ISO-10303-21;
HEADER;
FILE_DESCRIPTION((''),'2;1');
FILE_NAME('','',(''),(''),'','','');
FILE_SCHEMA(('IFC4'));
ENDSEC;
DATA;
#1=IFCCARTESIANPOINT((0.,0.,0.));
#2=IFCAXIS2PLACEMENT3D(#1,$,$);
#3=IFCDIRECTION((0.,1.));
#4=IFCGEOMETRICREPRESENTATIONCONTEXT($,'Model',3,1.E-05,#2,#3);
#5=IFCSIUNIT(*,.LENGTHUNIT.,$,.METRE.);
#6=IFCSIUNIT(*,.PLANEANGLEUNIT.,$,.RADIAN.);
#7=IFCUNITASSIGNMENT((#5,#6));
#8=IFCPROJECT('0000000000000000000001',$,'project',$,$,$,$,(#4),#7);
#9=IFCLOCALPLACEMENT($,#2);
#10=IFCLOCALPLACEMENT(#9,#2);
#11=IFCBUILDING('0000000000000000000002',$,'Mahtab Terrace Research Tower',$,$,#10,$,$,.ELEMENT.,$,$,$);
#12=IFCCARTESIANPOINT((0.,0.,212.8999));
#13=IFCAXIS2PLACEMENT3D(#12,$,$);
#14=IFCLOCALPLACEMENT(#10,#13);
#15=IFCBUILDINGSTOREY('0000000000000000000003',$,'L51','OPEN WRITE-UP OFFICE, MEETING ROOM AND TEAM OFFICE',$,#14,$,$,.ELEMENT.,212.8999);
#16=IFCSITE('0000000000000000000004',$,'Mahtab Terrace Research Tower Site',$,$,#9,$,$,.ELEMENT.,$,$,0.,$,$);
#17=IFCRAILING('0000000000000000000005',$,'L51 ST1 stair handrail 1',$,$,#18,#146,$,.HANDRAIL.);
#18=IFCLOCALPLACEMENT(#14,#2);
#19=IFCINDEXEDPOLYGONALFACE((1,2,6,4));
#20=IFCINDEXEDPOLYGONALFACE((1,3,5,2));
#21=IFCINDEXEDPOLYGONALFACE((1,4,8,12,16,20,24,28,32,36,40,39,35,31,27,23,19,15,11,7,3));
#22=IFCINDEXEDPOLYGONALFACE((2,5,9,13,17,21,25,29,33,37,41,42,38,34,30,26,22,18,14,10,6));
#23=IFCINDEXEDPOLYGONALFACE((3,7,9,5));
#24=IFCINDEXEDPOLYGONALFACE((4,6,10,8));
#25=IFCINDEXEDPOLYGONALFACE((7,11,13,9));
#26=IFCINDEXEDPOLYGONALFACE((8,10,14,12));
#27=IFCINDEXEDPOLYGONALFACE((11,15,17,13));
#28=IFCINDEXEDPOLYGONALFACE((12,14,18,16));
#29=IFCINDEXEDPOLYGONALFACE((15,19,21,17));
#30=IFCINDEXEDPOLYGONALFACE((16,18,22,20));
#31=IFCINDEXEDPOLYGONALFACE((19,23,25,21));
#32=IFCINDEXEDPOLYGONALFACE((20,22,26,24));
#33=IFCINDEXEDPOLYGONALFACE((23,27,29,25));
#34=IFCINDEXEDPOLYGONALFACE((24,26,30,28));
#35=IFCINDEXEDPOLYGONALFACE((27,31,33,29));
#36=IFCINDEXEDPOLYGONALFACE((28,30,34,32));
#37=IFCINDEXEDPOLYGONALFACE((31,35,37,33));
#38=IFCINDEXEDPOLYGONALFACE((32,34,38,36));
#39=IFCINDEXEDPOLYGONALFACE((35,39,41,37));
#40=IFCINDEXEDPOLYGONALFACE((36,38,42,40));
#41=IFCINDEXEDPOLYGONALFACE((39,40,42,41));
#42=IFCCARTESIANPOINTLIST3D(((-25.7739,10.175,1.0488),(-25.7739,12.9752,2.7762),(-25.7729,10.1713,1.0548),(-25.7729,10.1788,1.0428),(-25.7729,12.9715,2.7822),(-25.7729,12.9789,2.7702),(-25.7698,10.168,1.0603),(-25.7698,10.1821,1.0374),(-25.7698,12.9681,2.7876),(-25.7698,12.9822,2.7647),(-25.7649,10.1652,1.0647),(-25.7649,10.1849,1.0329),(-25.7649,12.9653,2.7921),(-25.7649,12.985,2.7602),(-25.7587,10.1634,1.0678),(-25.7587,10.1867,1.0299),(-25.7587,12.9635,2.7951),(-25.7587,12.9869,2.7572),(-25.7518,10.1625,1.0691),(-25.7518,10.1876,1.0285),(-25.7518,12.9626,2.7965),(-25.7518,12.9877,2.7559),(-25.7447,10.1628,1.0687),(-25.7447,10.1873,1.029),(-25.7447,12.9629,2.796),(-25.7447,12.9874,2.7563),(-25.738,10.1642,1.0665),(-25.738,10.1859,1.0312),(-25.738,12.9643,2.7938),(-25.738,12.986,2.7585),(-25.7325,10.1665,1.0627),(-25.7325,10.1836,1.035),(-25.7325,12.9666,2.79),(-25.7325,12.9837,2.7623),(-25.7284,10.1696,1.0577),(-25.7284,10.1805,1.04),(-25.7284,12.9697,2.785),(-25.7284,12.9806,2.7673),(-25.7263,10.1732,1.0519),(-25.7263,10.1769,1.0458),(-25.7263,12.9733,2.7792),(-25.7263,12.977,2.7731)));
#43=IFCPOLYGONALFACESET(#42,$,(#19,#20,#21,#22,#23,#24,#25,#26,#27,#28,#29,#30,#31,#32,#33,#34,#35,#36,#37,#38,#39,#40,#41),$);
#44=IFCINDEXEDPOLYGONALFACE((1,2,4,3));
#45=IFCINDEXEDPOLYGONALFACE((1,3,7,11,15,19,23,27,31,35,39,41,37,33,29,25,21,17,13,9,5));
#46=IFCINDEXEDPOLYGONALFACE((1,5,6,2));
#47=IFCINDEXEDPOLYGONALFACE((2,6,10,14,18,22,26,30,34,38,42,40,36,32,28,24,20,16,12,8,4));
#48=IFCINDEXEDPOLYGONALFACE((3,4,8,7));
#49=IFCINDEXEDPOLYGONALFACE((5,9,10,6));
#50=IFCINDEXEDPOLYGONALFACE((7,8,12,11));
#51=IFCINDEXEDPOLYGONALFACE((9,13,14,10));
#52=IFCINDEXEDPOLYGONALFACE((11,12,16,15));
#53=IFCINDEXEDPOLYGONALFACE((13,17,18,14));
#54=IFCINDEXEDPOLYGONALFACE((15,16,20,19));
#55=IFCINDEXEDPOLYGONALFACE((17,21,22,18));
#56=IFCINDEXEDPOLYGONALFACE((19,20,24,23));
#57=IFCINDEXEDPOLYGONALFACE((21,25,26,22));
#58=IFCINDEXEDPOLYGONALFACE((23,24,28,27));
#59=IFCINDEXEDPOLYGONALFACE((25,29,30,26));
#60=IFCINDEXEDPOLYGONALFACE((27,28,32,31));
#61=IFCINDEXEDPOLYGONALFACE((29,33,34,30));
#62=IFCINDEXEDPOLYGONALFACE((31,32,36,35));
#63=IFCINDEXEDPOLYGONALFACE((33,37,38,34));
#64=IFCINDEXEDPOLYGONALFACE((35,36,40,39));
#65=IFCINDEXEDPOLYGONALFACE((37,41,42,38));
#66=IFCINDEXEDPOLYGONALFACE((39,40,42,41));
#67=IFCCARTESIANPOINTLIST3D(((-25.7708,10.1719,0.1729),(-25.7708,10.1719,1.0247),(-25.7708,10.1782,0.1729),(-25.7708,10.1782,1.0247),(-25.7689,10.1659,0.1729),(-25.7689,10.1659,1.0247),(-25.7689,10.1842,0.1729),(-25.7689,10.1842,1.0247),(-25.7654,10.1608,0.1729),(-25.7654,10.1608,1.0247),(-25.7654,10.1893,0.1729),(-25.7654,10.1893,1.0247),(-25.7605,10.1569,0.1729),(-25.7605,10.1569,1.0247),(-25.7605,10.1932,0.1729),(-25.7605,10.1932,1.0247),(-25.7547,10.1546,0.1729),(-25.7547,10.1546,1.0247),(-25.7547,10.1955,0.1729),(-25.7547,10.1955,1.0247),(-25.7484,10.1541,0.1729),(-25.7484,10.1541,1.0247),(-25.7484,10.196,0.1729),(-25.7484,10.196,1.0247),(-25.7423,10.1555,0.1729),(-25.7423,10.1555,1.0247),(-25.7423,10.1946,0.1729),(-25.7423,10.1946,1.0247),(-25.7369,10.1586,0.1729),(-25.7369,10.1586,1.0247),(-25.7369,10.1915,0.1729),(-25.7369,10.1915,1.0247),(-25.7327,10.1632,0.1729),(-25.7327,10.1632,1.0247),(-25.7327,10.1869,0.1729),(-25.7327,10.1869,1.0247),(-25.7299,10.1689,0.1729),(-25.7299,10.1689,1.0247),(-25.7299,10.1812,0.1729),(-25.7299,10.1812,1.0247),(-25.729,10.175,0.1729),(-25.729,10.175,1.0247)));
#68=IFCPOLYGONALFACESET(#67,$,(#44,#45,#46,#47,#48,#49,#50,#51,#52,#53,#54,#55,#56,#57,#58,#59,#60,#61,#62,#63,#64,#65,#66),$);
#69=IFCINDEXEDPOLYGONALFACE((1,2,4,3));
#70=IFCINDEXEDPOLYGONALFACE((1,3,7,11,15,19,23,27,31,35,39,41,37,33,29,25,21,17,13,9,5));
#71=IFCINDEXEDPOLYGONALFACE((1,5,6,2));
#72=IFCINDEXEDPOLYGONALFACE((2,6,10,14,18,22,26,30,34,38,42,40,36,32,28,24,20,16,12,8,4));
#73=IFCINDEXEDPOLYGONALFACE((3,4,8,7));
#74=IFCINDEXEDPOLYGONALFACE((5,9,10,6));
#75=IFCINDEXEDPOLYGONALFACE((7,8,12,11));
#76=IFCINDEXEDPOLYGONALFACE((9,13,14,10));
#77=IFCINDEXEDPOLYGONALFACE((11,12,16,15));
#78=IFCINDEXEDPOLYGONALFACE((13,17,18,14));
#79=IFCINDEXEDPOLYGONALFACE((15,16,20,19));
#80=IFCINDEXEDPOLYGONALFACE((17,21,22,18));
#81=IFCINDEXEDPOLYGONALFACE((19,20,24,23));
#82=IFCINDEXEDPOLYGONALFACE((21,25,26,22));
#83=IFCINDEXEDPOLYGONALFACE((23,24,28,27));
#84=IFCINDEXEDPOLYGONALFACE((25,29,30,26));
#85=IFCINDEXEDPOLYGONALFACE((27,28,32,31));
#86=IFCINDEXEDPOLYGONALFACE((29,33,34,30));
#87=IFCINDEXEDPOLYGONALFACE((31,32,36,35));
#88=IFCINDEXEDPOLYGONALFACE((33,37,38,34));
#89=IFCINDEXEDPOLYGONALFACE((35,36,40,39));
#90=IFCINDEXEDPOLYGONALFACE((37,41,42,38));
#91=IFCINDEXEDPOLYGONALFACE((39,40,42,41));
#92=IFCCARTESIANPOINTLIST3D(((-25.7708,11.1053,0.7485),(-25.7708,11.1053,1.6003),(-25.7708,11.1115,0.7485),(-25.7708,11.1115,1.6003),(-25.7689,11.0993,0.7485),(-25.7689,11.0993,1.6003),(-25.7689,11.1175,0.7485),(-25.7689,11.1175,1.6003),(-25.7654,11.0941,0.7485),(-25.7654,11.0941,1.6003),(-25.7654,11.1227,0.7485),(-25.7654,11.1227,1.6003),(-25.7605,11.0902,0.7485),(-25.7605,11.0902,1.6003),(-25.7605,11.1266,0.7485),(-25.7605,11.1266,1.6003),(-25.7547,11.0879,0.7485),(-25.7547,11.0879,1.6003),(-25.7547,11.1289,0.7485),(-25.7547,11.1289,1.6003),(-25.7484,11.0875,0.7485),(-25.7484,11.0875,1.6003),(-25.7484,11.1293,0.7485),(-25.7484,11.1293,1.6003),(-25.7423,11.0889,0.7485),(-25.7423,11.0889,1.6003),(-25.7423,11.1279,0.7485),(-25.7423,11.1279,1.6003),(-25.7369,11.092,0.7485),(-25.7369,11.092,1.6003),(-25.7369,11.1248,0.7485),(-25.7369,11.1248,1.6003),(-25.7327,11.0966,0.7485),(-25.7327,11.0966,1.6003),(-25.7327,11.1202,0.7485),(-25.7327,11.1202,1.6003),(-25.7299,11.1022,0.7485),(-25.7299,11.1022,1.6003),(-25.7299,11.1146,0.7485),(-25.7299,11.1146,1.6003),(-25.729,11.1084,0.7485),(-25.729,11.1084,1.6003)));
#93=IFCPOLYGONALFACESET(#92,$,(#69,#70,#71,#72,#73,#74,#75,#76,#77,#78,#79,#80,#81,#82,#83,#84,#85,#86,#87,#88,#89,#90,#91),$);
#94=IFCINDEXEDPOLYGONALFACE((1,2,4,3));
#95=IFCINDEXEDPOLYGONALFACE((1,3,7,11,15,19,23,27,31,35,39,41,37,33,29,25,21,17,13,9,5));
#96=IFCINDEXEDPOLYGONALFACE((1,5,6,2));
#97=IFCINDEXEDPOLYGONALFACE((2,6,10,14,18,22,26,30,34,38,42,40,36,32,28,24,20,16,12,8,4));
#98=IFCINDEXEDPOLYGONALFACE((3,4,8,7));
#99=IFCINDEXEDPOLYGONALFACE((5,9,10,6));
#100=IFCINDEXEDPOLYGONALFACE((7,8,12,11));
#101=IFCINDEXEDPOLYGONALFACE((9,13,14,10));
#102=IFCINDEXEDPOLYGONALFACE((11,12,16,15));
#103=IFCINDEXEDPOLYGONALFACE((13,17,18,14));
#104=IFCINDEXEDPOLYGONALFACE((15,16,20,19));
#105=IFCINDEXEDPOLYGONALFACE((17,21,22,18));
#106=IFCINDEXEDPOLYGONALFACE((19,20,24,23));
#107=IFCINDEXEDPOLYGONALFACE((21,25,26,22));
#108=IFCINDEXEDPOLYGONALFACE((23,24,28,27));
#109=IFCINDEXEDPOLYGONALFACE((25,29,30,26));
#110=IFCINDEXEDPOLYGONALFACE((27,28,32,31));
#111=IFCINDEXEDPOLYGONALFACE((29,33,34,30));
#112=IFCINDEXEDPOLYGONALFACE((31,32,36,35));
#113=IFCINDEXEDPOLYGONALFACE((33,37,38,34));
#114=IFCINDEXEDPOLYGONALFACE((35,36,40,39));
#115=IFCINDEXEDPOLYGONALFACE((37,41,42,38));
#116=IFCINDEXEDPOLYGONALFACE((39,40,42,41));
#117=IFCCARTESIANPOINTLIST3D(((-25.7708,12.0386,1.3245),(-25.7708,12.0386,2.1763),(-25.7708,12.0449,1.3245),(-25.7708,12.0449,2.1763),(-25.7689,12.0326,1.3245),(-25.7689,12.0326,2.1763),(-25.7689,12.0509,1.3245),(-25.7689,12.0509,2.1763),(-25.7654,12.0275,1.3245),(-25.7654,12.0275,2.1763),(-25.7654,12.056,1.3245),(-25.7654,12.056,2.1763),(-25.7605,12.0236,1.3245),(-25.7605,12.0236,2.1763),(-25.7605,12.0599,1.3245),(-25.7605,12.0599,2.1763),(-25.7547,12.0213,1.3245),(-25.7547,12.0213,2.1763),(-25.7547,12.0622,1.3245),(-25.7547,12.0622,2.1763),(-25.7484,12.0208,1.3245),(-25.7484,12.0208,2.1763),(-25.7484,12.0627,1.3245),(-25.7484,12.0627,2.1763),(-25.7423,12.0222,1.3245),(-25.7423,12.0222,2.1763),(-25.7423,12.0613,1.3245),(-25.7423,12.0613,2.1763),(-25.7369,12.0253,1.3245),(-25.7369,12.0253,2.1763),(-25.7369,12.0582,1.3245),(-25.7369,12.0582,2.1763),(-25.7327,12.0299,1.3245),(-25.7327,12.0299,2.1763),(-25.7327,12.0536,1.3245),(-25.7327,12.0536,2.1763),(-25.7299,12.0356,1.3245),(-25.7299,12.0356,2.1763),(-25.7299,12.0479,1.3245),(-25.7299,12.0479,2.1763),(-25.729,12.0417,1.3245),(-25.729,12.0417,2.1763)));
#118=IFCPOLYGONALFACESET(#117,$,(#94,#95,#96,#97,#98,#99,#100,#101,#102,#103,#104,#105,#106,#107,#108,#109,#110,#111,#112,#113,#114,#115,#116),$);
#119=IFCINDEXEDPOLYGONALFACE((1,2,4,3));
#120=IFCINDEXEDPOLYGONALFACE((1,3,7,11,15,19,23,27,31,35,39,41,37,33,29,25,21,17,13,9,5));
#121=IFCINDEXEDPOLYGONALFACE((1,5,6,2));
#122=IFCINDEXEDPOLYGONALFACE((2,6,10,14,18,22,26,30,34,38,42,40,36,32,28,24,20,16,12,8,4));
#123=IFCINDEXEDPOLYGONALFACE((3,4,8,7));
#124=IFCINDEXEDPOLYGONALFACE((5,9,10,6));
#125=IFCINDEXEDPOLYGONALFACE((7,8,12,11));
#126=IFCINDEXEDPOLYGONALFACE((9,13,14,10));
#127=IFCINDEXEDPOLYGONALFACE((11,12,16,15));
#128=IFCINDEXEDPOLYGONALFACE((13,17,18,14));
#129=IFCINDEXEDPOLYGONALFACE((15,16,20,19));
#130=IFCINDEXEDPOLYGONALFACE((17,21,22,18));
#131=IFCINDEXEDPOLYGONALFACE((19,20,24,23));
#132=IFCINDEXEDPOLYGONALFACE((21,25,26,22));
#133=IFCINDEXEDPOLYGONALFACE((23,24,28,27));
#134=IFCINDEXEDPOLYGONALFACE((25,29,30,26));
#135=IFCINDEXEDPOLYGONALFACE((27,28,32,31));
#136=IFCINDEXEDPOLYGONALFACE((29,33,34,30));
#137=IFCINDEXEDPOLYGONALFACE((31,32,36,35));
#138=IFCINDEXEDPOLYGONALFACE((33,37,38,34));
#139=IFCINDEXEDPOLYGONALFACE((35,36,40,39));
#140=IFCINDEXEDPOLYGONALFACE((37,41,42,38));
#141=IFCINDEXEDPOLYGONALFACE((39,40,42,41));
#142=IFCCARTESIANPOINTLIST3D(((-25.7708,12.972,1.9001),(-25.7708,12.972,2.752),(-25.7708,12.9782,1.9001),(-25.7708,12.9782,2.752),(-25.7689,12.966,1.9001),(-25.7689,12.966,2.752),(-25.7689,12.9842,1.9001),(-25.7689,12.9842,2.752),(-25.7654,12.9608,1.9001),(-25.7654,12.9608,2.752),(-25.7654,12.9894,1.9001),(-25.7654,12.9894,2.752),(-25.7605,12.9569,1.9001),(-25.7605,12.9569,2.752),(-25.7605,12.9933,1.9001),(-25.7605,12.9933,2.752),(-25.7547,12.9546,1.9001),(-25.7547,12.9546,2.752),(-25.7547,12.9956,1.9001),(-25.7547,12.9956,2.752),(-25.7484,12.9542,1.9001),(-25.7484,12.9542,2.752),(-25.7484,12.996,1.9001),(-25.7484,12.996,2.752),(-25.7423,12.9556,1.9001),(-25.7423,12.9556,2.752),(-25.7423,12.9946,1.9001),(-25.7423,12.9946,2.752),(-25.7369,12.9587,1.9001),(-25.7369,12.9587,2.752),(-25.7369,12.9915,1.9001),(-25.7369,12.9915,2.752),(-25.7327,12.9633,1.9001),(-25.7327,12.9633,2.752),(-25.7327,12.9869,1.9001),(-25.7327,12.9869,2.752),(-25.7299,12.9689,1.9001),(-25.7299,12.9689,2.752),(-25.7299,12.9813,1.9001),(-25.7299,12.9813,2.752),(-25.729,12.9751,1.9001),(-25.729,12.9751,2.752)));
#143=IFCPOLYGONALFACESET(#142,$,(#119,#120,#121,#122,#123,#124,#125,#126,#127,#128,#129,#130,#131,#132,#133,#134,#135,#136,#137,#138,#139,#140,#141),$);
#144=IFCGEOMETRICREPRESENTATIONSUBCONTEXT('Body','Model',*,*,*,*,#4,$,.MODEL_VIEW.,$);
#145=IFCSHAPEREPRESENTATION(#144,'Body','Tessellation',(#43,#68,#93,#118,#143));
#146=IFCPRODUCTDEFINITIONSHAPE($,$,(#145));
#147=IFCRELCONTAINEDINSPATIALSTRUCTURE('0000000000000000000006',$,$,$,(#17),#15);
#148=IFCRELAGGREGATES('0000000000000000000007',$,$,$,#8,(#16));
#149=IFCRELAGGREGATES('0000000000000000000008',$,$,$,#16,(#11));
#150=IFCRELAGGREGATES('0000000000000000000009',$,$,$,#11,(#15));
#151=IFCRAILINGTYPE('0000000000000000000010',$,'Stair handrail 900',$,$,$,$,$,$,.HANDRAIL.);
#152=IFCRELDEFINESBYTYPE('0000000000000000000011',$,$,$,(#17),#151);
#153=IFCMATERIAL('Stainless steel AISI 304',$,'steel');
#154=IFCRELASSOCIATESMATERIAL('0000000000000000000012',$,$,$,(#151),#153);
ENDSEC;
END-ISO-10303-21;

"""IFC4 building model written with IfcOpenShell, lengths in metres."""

from ifc_helpers import new_model, si_unit, direction, frame, origin, origin_2d, place, context, subcontext, project, spatial, circle, extrude, material, type_object, element, save


model = new_model("IFC4")

# Units and contexts
model_context = context("Model", 3, precision=1e-05, world=origin(), true_north=direction((0.0, 1.0)))
body_context = subcontext(model_context, "Body", "Model", "MODEL_VIEW")
ifc_project = project(units=[si_unit("LENGTHUNIT", "METRE"), si_unit("PLANEANGLEUNIT", "RADIAN")], contexts=[model_context])

# Site, building, storey
site_placement = place(None, origin())
site = spatial("IfcSite", under=ifc_project, at=site_placement, Name="Mahtab Terrace Research Tower Site", CompositionType="ELEMENT", RefElevation=0.0)
building_placement = place(site_placement, origin())
building = spatial("IfcBuilding", under=site, at=building_placement, Name="Mahtab Terrace Research Tower", CompositionType="ELEMENT")
storey_placement = place(building_placement, frame((0.0, 0.0, 212.8999)))
storey = spatial("IfcBuildingStorey", under=building, at=storey_placement, Name="L51", Description="OPEN WRITE-UP OFFICE, MEETING ROOM AND TEAM OFFICE", CompositionType="ELEMENT", Elevation=212.8999)

# Railing
ifc_material_1 = material(Name="Stainless steel AISI 304", Category="steel")
railing_type_1 = type_object("IfcRailingType", Name="Stair handrail 900", PredefinedType="HANDRAIL", material=ifc_material_1)
railing_1_placement = place(storey_placement, frame((-25.75, 10.175, 0.1729)))
element("IfcRailing", 1, at=railing_1_placement, inside=storey, type_object=railing_type_1, Name="L51 ST1 stair handrail 1", PredefinedType="HANDRAIL", context=body_context, shape_type="SweptSolid", body=[
    extrude(circle(Radius=0.0239, at=origin_2d()), frame((0.0, 0.0, 0.876), z_axis=(0.0, 0.85109, 0.52502), x_axis=(-1.0, 0.0, 0.0)), (0.0, 0.0, 1.0), 3.29),
    extrude(circle(Radius=0.021, at=origin_2d()), origin(), (0.0, 0.0, 1.0), 0.8518),
    extrude(circle(Radius=0.021, at=origin_2d()), frame((0.0, 0.9333, 0.5757)), (0.0, 0.0, 1.0), 0.8518),
    extrude(circle(Radius=0.021, at=origin_2d()), frame((0.0, 1.8667, 1.1516)), (0.0, 0.0, 1.0), 0.8518),
    extrude(circle(Radius=0.021, at=origin_2d()), frame((0.0, 2.8, 1.7273)), (0.0, 0.0, 1.0), 0.8518),
])

save(model, "model.ifc")
